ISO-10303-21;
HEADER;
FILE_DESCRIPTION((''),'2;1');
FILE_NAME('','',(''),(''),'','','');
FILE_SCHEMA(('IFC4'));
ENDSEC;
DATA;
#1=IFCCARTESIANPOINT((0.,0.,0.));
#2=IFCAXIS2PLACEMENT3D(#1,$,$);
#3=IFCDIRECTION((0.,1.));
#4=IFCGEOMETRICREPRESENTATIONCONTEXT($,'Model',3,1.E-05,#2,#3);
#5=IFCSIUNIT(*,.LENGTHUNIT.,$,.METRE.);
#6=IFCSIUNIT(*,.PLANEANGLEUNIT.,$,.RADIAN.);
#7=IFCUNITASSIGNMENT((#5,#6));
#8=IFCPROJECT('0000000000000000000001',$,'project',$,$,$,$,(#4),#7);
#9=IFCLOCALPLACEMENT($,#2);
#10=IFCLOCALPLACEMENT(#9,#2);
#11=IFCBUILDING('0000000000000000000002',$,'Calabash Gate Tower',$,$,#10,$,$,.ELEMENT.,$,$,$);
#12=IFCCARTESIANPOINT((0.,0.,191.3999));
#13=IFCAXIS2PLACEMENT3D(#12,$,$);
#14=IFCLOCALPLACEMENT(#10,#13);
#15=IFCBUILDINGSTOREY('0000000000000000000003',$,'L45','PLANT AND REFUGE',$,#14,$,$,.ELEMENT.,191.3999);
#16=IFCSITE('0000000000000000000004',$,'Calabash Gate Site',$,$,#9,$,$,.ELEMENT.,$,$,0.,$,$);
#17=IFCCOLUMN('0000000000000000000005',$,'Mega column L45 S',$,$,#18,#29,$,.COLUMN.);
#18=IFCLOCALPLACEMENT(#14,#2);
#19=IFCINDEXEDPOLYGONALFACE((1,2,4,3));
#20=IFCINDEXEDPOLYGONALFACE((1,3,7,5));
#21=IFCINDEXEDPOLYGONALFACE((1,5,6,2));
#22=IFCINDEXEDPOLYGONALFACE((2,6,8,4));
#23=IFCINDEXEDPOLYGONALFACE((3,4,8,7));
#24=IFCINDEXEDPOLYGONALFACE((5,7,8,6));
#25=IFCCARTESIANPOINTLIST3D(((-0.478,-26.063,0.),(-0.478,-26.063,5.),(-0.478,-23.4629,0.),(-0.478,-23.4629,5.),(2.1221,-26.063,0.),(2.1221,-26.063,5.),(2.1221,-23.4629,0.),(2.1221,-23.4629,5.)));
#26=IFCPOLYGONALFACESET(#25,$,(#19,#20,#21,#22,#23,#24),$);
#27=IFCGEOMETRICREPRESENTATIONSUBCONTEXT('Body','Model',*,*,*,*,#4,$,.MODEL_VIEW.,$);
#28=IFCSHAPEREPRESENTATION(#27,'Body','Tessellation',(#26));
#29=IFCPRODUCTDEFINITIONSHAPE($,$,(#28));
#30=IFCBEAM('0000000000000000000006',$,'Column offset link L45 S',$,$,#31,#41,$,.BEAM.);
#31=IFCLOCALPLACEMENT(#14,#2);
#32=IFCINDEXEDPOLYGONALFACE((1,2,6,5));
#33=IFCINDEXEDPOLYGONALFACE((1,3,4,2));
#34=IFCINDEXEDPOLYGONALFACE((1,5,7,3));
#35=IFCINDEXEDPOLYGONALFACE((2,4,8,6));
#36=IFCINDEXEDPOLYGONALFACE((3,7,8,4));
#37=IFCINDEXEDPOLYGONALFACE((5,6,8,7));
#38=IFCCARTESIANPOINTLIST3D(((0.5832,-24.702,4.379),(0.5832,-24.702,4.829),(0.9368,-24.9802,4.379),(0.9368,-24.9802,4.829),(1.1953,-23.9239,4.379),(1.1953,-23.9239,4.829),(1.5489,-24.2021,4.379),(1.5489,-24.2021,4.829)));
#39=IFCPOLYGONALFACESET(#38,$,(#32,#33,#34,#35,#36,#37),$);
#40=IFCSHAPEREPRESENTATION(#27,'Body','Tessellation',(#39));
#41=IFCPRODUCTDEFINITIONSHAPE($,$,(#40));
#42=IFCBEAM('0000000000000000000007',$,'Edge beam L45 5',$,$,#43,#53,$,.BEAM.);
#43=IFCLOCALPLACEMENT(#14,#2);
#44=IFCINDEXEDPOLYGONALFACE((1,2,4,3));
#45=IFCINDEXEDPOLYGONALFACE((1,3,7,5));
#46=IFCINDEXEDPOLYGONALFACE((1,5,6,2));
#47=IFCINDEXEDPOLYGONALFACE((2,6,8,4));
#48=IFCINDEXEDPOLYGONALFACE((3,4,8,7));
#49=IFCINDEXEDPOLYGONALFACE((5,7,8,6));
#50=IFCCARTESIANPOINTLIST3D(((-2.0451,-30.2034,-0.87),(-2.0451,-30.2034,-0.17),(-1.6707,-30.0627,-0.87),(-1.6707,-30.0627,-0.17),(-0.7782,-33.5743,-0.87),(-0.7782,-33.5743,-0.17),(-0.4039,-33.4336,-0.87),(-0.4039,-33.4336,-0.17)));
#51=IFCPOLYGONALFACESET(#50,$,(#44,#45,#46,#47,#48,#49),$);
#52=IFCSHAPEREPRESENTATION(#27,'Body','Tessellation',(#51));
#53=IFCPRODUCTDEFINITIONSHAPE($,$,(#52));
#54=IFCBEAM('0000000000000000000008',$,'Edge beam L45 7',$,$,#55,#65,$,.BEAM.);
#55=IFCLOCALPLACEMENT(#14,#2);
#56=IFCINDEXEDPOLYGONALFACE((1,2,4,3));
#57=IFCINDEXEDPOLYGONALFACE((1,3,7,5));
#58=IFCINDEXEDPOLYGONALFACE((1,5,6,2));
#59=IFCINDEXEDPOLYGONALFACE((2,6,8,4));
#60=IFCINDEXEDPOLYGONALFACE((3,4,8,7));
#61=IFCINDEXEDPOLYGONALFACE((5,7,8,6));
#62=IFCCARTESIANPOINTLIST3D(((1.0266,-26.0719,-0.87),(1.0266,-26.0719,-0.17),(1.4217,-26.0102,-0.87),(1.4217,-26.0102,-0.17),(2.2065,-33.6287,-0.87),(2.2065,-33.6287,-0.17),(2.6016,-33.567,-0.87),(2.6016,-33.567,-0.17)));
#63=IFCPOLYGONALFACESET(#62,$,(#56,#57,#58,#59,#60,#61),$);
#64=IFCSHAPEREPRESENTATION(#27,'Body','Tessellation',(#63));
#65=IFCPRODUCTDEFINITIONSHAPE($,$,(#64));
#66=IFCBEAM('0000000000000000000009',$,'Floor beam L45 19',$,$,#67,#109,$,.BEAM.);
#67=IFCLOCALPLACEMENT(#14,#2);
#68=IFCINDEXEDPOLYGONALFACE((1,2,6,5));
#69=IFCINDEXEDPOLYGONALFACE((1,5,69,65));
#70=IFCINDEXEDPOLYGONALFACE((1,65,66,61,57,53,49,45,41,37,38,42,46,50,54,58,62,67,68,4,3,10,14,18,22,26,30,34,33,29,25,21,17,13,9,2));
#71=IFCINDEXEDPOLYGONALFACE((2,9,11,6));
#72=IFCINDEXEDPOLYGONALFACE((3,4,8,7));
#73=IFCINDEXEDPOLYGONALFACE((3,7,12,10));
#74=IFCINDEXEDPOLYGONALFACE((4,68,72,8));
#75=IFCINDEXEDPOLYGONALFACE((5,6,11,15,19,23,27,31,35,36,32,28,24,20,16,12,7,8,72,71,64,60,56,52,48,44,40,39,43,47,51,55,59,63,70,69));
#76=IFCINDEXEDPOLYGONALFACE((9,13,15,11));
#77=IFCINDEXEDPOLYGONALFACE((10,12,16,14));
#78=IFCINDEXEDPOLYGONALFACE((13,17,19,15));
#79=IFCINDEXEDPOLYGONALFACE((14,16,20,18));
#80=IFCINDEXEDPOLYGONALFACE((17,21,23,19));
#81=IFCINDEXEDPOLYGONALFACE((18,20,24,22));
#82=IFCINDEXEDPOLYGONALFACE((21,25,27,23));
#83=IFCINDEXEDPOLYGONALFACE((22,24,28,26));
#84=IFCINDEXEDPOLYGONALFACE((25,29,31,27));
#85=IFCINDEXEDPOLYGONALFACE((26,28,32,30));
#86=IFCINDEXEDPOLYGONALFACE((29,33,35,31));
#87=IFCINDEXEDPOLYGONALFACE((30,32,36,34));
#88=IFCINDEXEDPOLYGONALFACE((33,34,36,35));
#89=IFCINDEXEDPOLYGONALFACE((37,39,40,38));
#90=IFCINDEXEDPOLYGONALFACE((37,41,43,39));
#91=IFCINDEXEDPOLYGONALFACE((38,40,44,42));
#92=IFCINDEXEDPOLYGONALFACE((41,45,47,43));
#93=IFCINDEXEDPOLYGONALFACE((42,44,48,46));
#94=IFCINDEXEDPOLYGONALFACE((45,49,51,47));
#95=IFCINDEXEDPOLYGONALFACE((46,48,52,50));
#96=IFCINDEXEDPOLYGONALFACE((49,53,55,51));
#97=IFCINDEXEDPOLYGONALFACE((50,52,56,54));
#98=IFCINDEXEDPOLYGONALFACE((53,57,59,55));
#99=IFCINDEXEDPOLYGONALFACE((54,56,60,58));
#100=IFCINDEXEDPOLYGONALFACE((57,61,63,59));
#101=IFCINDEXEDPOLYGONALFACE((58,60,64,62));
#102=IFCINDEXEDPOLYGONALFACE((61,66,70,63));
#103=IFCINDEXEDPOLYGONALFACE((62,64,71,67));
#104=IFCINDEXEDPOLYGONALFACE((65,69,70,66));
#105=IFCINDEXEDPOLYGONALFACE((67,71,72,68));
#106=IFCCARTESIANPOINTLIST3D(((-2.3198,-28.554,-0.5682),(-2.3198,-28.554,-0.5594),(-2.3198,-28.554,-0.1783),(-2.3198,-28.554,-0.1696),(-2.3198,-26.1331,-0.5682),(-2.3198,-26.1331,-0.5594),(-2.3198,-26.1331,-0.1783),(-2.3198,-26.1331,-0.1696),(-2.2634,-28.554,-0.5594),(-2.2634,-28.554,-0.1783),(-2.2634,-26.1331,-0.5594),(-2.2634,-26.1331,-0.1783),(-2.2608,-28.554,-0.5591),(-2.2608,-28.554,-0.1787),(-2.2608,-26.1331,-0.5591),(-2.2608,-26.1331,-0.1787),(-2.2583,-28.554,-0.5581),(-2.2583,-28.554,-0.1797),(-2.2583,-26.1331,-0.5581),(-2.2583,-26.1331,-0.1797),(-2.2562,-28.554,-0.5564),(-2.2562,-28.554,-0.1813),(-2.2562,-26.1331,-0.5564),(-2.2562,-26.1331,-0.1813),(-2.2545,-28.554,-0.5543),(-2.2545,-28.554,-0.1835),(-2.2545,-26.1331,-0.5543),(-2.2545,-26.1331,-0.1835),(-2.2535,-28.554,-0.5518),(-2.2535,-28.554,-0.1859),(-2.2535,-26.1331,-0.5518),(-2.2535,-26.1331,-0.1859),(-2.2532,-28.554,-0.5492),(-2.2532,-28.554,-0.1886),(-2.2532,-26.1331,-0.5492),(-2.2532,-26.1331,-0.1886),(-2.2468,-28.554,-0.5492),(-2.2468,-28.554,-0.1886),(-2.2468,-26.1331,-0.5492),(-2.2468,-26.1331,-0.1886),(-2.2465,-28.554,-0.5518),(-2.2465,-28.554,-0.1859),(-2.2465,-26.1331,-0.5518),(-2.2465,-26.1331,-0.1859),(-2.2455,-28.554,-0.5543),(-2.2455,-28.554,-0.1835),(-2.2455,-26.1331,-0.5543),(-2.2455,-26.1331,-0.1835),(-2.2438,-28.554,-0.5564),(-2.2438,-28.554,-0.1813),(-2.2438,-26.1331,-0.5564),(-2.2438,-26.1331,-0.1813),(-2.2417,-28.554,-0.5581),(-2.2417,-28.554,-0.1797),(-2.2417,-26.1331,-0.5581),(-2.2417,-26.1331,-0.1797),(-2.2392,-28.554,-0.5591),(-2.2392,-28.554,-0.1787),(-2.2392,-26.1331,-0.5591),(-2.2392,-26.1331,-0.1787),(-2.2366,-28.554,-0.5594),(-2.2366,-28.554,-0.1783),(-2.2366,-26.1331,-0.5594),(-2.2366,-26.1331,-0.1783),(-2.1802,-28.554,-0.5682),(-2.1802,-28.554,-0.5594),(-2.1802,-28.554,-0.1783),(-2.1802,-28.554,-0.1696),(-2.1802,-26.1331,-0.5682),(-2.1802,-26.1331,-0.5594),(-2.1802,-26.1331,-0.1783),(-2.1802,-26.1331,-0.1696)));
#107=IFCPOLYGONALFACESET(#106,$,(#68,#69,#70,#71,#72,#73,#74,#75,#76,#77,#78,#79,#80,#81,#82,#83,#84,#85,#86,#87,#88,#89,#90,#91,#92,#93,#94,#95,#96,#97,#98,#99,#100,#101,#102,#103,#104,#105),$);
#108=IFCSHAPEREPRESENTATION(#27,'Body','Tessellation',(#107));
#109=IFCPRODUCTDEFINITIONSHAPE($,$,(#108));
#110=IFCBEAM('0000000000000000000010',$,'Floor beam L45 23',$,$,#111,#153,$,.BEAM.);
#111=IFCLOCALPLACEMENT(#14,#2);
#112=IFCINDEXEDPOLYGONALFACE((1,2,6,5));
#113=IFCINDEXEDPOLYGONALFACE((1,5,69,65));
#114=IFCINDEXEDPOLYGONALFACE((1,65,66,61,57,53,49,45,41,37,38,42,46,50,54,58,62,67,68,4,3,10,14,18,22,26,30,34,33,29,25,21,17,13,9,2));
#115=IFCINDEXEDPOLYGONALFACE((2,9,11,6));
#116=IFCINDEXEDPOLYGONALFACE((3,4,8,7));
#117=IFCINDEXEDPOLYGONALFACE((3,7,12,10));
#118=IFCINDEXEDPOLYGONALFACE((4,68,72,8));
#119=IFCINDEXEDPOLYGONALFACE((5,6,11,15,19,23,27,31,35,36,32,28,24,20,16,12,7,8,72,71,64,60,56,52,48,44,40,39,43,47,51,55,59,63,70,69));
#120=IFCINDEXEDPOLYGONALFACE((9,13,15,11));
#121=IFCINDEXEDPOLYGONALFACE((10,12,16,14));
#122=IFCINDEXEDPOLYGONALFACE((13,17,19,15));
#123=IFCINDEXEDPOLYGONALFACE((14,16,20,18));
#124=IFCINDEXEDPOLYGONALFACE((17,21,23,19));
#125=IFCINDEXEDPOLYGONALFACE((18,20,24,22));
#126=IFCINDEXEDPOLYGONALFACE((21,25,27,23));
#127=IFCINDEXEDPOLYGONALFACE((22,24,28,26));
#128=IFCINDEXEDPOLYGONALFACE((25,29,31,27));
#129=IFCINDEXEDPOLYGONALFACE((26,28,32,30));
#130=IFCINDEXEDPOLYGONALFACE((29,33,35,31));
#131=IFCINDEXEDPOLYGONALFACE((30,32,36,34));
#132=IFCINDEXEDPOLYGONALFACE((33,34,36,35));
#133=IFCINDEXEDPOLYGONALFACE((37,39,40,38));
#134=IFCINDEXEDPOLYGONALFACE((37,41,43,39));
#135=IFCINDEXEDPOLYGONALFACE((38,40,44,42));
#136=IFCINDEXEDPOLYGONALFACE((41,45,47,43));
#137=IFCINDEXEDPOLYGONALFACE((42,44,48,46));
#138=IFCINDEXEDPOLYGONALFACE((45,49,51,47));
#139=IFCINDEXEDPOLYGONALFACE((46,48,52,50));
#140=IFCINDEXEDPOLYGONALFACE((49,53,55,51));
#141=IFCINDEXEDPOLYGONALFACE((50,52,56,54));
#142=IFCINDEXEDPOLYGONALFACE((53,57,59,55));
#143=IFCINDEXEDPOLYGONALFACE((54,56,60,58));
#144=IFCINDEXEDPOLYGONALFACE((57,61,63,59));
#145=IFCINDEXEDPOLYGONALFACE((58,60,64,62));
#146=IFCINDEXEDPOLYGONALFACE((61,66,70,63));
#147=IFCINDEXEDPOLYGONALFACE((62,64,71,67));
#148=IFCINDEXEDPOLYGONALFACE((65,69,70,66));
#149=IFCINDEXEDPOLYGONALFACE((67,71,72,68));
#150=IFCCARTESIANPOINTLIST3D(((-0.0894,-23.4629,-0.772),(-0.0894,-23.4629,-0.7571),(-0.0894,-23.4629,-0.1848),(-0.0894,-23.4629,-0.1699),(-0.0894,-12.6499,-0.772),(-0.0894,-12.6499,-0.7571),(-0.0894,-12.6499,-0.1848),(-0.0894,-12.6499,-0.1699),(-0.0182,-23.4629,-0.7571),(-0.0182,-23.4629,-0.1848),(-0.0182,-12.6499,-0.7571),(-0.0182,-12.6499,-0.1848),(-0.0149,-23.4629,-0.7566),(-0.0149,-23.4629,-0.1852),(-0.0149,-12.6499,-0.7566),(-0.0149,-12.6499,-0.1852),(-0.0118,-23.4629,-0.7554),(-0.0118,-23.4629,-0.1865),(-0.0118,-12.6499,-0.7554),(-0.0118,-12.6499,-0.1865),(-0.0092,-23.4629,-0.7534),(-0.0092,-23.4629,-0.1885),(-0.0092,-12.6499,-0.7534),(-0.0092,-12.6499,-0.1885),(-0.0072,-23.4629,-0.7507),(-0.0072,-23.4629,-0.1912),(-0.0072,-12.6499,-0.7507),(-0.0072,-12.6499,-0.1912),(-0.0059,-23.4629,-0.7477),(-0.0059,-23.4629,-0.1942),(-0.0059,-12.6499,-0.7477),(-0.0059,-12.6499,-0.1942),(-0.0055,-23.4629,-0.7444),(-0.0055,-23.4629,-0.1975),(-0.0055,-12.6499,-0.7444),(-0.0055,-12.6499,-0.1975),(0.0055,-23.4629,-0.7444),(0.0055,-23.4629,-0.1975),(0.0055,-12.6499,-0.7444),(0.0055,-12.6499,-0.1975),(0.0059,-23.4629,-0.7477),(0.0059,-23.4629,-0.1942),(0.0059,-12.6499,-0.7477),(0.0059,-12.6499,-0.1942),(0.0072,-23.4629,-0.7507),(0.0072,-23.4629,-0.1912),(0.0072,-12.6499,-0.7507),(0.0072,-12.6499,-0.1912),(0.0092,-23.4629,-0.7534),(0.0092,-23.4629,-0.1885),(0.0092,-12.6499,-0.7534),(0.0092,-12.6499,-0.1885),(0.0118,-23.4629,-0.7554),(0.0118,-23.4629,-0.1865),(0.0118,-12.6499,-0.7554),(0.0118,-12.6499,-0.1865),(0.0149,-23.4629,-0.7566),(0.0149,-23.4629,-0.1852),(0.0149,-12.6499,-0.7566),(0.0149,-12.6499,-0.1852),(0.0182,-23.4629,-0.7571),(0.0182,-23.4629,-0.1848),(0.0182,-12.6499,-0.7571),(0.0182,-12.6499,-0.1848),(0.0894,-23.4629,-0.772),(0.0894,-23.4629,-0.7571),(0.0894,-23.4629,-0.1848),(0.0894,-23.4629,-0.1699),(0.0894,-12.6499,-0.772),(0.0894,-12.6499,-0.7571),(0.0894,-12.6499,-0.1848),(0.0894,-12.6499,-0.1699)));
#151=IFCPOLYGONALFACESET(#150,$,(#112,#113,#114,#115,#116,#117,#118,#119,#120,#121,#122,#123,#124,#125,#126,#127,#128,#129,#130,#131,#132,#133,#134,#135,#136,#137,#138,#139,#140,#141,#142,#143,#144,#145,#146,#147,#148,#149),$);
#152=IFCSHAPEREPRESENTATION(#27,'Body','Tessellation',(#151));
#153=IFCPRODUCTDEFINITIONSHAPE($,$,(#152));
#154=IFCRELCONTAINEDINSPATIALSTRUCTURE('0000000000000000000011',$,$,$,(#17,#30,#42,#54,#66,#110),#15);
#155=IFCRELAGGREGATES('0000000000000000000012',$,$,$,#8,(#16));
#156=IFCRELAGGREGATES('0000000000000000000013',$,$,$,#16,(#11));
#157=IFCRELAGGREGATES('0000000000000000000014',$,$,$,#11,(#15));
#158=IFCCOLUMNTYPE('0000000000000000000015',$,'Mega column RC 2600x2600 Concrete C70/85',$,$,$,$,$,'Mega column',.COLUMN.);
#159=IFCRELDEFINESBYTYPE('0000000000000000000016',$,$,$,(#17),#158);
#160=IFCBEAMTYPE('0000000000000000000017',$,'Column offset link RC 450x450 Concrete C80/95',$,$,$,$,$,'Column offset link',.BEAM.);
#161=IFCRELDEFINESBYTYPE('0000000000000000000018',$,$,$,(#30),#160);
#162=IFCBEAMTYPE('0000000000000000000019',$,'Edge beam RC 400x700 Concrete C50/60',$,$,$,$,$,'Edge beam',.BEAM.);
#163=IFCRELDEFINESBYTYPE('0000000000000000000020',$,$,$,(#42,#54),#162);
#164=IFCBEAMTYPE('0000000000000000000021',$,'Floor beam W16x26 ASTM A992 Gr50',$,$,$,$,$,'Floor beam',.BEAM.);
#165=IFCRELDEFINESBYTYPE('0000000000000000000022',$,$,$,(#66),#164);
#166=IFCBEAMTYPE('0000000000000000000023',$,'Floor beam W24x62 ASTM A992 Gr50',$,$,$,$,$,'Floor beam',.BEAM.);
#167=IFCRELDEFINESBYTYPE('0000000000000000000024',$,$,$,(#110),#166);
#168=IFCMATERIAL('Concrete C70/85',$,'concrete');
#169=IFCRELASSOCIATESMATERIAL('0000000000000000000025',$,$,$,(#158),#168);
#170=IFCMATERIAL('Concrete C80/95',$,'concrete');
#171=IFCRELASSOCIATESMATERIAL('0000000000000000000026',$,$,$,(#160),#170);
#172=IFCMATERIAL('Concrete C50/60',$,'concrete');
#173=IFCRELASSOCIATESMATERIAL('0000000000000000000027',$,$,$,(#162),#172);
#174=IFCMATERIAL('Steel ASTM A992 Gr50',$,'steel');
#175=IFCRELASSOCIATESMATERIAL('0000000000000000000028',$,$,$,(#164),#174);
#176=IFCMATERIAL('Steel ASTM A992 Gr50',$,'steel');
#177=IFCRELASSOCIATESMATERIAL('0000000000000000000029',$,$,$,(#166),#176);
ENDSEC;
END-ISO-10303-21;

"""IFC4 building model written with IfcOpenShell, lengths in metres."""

from ifc_helpers import new_model, si_unit, direction, frame, origin, origin_2d, place, context, subcontext, project, spatial, rectangle, i_section, extrude, material, material_profile, profile_set, type_object, element, save


model = new_model("IFC4")

# Units and contexts
model_context = context("Model", 3, precision=1e-05, world=origin(), true_north=direction((0.0, 1.0)))
body_context = subcontext(model_context, "Body", "Model", "MODEL_VIEW")
ifc_project = project(units=[si_unit("LENGTHUNIT", "METRE"), si_unit("PLANEANGLEUNIT", "RADIAN")], contexts=[model_context])

# Site, building, storey
site_placement = place(None, origin())
site = spatial("IfcSite", under=ifc_project, at=site_placement, Name="Calabash Gate Site", CompositionType="ELEMENT", RefElevation=0.0)
building_placement = place(site_placement, origin())
building = spatial("IfcBuilding", under=site, at=building_placement, Name="Calabash Gate Tower", CompositionType="ELEMENT")
storey_placement = place(building_placement, frame((0.0, 0.0, 191.3999)))
storey = spatial("IfcBuildingStorey", under=building, at=storey_placement, Name="L45", Description="PLANT AND REFUGE", CompositionType="ELEMENT", Elevation=191.3999)

# Column
ifc_material_1 = material(Name="Concrete C70/85", Category="concrete")
ifc_material_profile_1 = material_profile(ifc_material_1, rectangle(XDim=2.6001, YDim=2.6001, at=origin_2d()))
ifc_profile_set_1 = profile_set([ifc_material_profile_1], Name="Concrete C70/85")
column_type_1 = type_object("IfcColumnType", Name="Mega column RC 2600x2600 Concrete C70/85", ElementType="Mega column", PredefinedType="COLUMN", material=ifc_profile_set_1)
column_1_placement = place(storey_placement, frame((0.822, -24.7629, 0.0), z_axis=(0.0, 0.0, 1.0), x_axis=(0.0, 1.0, 0.0)))
element("IfcColumn", 1, at=column_1_placement, inside=storey, type_object=column_type_1, Name="Mega column L45 S", PredefinedType="COLUMN", context=body_context, shape_type="SweptSolid", body=[
    extrude(rectangle(XDim=2.6001, YDim=2.6001, at=origin_2d()), origin(), (0.0, 0.0, 1.0), 5.0),
])

# Beams
ifc_material_2 = material(Name="Concrete C80/95", Category="concrete")
ifc_material_profile_2 = material_profile(ifc_material_2, rectangle(XDim=0.45, YDim=0.45, at=origin_2d()))
ifc_profile_set_2 = profile_set([ifc_material_profile_2], Name="Concrete C80/95")
beam_type_1 = type_object("IfcBeamType", Name="Column offset link RC 450x450 Concrete C80/95", ElementType="Column offset link", PredefinedType="BEAM", material=ifc_profile_set_2)
beam_1_placement = place(storey_placement, frame((0.76, -24.8411, 4.604), z_axis=(0.618268, 0.785967, 0.0), x_axis=(-0.785967, 0.618268, 0.0)))
element("IfcBeam", 2, at=beam_1_placement, inside=storey, type_object=beam_type_1, Name="Column offset link L45 S", PredefinedType="BEAM", context=body_context, shape_type="SweptSolid", body=[
    extrude(rectangle(XDim=0.45, YDim=0.45, at=origin_2d()), origin(), (0.0, 0.0, 1.0), 0.99),
])
ifc_material_3 = material(Name="Concrete C50/60", Category="concrete")
ifc_material_profile_3 = material_profile(ifc_material_3, rectangle(XDim=0.3999, YDim=0.7, at=origin_2d()))
ifc_profile_set_3 = profile_set([ifc_material_profile_3], Name="Concrete C50/60")
beam_type_2 = type_object("IfcBeamType", Name="Edge beam RC 400x700 Concrete C50/60", ElementType="Edge beam", PredefinedType="BEAM", material=ifc_profile_set_3)
beam_2_placement = place(storey_placement, frame((-1.8579, -30.1331, -0.52), z_axis=(0.351799, -0.936075, 0.0), x_axis=(0.936075, 0.351799, 0.0)))
element("IfcBeam", 3, at=beam_2_placement, inside=storey, type_object=beam_type_2, Name="Edge beam L45 5", PredefinedType="BEAM", context=body_context, shape_type="SweptSolid", body=[
    extrude(rectangle(XDim=0.3999, YDim=0.7, at=origin_2d()), origin(), (0.0, 0.0, 1.0), 3.6011),
])
beam_3_placement = place(storey_placement, frame((1.2241, -26.041, -0.52), z_axis=(0.154271, -0.988029, 0.0), x_axis=(0.988029, 0.154271, 0.0)))
element("IfcBeam", 4, at=beam_3_placement, inside=storey, type_object=beam_type_2, Name="Edge beam L45 7", PredefinedType="BEAM", context=body_context, shape_type="SweptSolid", body=[
    extrude(rectangle(XDim=0.3999, YDim=0.7, at=origin_2d()), origin(), (0.0, 0.0, 1.0), 7.6484),
])
ifc_material_4 = material(Name="Steel ASTM A992 Gr50", Category="steel")
ifc_material_profile_4 = material_profile(ifc_material_4, i_section(OverallWidth=0.1396, OverallDepth=0.3987, WebThickness=0.0063, FlangeThickness=0.0088, FilletRadius=0.0103, at=origin_2d()))
ifc_profile_set_4 = profile_set([ifc_material_profile_4], Name="Steel ASTM A992 Gr50")
beam_type_3 = type_object("IfcBeamType", Name="Floor beam W16x26 ASTM A992 Gr50", ElementType="Floor beam", PredefinedType="BEAM", material=ifc_profile_set_4)
beam_4_placement = place(storey_placement, frame((-2.25, -28.554, -0.3689), z_axis=(0.0, 1.0, 0.0), x_axis=(-1.0, 0.0, 0.0)))
element("IfcBeam", 5, at=beam_4_placement, inside=storey, type_object=beam_type_3, Name="Floor beam L45 19", PredefinedType="BEAM", context=body_context, shape_type="SweptSolid", body=[
    extrude(i_section(OverallWidth=0.1396, OverallDepth=0.3987, WebThickness=0.0063, FlangeThickness=0.0088, FilletRadius=0.0103, at=origin_2d()), origin(), (0.0, 0.0, 1.0), 2.4209),
])
ifc_material_5 = material(Name="Steel ASTM A992 Gr50", Category="steel")
ifc_material_profile_5 = material_profile(ifc_material_5, i_section(OverallWidth=0.1787, OverallDepth=0.6021, WebThickness=0.011, FlangeThickness=0.0149, FilletRadius=0.0127, at=origin_2d()))
ifc_profile_set_5 = profile_set([ifc_material_profile_5], Name="Steel ASTM A992 Gr50")
beam_type_4 = type_object("IfcBeamType", Name="Floor beam W24x62 ASTM A992 Gr50", ElementType="Floor beam", PredefinedType="BEAM", material=ifc_profile_set_5)
beam_5_placement = place(storey_placement, frame((0.0, -23.4629, -0.4709), z_axis=(0.0, 1.0, 0.0), x_axis=(-1.0, 0.0, 0.0)))
element("IfcBeam", 6, at=beam_5_placement, inside=storey, type_object=beam_type_4, Name="Floor beam L45 23", PredefinedType="BEAM", context=body_context, shape_type="SweptSolid", body=[
    extrude(i_section(OverallWidth=0.1787, OverallDepth=0.6021, WebThickness=0.011, FlangeThickness=0.0149, FilletRadius=0.0127, at=origin_2d()), origin(), (0.0, 0.0, 1.0), 10.813),
])

save(model, "model.ifc")
